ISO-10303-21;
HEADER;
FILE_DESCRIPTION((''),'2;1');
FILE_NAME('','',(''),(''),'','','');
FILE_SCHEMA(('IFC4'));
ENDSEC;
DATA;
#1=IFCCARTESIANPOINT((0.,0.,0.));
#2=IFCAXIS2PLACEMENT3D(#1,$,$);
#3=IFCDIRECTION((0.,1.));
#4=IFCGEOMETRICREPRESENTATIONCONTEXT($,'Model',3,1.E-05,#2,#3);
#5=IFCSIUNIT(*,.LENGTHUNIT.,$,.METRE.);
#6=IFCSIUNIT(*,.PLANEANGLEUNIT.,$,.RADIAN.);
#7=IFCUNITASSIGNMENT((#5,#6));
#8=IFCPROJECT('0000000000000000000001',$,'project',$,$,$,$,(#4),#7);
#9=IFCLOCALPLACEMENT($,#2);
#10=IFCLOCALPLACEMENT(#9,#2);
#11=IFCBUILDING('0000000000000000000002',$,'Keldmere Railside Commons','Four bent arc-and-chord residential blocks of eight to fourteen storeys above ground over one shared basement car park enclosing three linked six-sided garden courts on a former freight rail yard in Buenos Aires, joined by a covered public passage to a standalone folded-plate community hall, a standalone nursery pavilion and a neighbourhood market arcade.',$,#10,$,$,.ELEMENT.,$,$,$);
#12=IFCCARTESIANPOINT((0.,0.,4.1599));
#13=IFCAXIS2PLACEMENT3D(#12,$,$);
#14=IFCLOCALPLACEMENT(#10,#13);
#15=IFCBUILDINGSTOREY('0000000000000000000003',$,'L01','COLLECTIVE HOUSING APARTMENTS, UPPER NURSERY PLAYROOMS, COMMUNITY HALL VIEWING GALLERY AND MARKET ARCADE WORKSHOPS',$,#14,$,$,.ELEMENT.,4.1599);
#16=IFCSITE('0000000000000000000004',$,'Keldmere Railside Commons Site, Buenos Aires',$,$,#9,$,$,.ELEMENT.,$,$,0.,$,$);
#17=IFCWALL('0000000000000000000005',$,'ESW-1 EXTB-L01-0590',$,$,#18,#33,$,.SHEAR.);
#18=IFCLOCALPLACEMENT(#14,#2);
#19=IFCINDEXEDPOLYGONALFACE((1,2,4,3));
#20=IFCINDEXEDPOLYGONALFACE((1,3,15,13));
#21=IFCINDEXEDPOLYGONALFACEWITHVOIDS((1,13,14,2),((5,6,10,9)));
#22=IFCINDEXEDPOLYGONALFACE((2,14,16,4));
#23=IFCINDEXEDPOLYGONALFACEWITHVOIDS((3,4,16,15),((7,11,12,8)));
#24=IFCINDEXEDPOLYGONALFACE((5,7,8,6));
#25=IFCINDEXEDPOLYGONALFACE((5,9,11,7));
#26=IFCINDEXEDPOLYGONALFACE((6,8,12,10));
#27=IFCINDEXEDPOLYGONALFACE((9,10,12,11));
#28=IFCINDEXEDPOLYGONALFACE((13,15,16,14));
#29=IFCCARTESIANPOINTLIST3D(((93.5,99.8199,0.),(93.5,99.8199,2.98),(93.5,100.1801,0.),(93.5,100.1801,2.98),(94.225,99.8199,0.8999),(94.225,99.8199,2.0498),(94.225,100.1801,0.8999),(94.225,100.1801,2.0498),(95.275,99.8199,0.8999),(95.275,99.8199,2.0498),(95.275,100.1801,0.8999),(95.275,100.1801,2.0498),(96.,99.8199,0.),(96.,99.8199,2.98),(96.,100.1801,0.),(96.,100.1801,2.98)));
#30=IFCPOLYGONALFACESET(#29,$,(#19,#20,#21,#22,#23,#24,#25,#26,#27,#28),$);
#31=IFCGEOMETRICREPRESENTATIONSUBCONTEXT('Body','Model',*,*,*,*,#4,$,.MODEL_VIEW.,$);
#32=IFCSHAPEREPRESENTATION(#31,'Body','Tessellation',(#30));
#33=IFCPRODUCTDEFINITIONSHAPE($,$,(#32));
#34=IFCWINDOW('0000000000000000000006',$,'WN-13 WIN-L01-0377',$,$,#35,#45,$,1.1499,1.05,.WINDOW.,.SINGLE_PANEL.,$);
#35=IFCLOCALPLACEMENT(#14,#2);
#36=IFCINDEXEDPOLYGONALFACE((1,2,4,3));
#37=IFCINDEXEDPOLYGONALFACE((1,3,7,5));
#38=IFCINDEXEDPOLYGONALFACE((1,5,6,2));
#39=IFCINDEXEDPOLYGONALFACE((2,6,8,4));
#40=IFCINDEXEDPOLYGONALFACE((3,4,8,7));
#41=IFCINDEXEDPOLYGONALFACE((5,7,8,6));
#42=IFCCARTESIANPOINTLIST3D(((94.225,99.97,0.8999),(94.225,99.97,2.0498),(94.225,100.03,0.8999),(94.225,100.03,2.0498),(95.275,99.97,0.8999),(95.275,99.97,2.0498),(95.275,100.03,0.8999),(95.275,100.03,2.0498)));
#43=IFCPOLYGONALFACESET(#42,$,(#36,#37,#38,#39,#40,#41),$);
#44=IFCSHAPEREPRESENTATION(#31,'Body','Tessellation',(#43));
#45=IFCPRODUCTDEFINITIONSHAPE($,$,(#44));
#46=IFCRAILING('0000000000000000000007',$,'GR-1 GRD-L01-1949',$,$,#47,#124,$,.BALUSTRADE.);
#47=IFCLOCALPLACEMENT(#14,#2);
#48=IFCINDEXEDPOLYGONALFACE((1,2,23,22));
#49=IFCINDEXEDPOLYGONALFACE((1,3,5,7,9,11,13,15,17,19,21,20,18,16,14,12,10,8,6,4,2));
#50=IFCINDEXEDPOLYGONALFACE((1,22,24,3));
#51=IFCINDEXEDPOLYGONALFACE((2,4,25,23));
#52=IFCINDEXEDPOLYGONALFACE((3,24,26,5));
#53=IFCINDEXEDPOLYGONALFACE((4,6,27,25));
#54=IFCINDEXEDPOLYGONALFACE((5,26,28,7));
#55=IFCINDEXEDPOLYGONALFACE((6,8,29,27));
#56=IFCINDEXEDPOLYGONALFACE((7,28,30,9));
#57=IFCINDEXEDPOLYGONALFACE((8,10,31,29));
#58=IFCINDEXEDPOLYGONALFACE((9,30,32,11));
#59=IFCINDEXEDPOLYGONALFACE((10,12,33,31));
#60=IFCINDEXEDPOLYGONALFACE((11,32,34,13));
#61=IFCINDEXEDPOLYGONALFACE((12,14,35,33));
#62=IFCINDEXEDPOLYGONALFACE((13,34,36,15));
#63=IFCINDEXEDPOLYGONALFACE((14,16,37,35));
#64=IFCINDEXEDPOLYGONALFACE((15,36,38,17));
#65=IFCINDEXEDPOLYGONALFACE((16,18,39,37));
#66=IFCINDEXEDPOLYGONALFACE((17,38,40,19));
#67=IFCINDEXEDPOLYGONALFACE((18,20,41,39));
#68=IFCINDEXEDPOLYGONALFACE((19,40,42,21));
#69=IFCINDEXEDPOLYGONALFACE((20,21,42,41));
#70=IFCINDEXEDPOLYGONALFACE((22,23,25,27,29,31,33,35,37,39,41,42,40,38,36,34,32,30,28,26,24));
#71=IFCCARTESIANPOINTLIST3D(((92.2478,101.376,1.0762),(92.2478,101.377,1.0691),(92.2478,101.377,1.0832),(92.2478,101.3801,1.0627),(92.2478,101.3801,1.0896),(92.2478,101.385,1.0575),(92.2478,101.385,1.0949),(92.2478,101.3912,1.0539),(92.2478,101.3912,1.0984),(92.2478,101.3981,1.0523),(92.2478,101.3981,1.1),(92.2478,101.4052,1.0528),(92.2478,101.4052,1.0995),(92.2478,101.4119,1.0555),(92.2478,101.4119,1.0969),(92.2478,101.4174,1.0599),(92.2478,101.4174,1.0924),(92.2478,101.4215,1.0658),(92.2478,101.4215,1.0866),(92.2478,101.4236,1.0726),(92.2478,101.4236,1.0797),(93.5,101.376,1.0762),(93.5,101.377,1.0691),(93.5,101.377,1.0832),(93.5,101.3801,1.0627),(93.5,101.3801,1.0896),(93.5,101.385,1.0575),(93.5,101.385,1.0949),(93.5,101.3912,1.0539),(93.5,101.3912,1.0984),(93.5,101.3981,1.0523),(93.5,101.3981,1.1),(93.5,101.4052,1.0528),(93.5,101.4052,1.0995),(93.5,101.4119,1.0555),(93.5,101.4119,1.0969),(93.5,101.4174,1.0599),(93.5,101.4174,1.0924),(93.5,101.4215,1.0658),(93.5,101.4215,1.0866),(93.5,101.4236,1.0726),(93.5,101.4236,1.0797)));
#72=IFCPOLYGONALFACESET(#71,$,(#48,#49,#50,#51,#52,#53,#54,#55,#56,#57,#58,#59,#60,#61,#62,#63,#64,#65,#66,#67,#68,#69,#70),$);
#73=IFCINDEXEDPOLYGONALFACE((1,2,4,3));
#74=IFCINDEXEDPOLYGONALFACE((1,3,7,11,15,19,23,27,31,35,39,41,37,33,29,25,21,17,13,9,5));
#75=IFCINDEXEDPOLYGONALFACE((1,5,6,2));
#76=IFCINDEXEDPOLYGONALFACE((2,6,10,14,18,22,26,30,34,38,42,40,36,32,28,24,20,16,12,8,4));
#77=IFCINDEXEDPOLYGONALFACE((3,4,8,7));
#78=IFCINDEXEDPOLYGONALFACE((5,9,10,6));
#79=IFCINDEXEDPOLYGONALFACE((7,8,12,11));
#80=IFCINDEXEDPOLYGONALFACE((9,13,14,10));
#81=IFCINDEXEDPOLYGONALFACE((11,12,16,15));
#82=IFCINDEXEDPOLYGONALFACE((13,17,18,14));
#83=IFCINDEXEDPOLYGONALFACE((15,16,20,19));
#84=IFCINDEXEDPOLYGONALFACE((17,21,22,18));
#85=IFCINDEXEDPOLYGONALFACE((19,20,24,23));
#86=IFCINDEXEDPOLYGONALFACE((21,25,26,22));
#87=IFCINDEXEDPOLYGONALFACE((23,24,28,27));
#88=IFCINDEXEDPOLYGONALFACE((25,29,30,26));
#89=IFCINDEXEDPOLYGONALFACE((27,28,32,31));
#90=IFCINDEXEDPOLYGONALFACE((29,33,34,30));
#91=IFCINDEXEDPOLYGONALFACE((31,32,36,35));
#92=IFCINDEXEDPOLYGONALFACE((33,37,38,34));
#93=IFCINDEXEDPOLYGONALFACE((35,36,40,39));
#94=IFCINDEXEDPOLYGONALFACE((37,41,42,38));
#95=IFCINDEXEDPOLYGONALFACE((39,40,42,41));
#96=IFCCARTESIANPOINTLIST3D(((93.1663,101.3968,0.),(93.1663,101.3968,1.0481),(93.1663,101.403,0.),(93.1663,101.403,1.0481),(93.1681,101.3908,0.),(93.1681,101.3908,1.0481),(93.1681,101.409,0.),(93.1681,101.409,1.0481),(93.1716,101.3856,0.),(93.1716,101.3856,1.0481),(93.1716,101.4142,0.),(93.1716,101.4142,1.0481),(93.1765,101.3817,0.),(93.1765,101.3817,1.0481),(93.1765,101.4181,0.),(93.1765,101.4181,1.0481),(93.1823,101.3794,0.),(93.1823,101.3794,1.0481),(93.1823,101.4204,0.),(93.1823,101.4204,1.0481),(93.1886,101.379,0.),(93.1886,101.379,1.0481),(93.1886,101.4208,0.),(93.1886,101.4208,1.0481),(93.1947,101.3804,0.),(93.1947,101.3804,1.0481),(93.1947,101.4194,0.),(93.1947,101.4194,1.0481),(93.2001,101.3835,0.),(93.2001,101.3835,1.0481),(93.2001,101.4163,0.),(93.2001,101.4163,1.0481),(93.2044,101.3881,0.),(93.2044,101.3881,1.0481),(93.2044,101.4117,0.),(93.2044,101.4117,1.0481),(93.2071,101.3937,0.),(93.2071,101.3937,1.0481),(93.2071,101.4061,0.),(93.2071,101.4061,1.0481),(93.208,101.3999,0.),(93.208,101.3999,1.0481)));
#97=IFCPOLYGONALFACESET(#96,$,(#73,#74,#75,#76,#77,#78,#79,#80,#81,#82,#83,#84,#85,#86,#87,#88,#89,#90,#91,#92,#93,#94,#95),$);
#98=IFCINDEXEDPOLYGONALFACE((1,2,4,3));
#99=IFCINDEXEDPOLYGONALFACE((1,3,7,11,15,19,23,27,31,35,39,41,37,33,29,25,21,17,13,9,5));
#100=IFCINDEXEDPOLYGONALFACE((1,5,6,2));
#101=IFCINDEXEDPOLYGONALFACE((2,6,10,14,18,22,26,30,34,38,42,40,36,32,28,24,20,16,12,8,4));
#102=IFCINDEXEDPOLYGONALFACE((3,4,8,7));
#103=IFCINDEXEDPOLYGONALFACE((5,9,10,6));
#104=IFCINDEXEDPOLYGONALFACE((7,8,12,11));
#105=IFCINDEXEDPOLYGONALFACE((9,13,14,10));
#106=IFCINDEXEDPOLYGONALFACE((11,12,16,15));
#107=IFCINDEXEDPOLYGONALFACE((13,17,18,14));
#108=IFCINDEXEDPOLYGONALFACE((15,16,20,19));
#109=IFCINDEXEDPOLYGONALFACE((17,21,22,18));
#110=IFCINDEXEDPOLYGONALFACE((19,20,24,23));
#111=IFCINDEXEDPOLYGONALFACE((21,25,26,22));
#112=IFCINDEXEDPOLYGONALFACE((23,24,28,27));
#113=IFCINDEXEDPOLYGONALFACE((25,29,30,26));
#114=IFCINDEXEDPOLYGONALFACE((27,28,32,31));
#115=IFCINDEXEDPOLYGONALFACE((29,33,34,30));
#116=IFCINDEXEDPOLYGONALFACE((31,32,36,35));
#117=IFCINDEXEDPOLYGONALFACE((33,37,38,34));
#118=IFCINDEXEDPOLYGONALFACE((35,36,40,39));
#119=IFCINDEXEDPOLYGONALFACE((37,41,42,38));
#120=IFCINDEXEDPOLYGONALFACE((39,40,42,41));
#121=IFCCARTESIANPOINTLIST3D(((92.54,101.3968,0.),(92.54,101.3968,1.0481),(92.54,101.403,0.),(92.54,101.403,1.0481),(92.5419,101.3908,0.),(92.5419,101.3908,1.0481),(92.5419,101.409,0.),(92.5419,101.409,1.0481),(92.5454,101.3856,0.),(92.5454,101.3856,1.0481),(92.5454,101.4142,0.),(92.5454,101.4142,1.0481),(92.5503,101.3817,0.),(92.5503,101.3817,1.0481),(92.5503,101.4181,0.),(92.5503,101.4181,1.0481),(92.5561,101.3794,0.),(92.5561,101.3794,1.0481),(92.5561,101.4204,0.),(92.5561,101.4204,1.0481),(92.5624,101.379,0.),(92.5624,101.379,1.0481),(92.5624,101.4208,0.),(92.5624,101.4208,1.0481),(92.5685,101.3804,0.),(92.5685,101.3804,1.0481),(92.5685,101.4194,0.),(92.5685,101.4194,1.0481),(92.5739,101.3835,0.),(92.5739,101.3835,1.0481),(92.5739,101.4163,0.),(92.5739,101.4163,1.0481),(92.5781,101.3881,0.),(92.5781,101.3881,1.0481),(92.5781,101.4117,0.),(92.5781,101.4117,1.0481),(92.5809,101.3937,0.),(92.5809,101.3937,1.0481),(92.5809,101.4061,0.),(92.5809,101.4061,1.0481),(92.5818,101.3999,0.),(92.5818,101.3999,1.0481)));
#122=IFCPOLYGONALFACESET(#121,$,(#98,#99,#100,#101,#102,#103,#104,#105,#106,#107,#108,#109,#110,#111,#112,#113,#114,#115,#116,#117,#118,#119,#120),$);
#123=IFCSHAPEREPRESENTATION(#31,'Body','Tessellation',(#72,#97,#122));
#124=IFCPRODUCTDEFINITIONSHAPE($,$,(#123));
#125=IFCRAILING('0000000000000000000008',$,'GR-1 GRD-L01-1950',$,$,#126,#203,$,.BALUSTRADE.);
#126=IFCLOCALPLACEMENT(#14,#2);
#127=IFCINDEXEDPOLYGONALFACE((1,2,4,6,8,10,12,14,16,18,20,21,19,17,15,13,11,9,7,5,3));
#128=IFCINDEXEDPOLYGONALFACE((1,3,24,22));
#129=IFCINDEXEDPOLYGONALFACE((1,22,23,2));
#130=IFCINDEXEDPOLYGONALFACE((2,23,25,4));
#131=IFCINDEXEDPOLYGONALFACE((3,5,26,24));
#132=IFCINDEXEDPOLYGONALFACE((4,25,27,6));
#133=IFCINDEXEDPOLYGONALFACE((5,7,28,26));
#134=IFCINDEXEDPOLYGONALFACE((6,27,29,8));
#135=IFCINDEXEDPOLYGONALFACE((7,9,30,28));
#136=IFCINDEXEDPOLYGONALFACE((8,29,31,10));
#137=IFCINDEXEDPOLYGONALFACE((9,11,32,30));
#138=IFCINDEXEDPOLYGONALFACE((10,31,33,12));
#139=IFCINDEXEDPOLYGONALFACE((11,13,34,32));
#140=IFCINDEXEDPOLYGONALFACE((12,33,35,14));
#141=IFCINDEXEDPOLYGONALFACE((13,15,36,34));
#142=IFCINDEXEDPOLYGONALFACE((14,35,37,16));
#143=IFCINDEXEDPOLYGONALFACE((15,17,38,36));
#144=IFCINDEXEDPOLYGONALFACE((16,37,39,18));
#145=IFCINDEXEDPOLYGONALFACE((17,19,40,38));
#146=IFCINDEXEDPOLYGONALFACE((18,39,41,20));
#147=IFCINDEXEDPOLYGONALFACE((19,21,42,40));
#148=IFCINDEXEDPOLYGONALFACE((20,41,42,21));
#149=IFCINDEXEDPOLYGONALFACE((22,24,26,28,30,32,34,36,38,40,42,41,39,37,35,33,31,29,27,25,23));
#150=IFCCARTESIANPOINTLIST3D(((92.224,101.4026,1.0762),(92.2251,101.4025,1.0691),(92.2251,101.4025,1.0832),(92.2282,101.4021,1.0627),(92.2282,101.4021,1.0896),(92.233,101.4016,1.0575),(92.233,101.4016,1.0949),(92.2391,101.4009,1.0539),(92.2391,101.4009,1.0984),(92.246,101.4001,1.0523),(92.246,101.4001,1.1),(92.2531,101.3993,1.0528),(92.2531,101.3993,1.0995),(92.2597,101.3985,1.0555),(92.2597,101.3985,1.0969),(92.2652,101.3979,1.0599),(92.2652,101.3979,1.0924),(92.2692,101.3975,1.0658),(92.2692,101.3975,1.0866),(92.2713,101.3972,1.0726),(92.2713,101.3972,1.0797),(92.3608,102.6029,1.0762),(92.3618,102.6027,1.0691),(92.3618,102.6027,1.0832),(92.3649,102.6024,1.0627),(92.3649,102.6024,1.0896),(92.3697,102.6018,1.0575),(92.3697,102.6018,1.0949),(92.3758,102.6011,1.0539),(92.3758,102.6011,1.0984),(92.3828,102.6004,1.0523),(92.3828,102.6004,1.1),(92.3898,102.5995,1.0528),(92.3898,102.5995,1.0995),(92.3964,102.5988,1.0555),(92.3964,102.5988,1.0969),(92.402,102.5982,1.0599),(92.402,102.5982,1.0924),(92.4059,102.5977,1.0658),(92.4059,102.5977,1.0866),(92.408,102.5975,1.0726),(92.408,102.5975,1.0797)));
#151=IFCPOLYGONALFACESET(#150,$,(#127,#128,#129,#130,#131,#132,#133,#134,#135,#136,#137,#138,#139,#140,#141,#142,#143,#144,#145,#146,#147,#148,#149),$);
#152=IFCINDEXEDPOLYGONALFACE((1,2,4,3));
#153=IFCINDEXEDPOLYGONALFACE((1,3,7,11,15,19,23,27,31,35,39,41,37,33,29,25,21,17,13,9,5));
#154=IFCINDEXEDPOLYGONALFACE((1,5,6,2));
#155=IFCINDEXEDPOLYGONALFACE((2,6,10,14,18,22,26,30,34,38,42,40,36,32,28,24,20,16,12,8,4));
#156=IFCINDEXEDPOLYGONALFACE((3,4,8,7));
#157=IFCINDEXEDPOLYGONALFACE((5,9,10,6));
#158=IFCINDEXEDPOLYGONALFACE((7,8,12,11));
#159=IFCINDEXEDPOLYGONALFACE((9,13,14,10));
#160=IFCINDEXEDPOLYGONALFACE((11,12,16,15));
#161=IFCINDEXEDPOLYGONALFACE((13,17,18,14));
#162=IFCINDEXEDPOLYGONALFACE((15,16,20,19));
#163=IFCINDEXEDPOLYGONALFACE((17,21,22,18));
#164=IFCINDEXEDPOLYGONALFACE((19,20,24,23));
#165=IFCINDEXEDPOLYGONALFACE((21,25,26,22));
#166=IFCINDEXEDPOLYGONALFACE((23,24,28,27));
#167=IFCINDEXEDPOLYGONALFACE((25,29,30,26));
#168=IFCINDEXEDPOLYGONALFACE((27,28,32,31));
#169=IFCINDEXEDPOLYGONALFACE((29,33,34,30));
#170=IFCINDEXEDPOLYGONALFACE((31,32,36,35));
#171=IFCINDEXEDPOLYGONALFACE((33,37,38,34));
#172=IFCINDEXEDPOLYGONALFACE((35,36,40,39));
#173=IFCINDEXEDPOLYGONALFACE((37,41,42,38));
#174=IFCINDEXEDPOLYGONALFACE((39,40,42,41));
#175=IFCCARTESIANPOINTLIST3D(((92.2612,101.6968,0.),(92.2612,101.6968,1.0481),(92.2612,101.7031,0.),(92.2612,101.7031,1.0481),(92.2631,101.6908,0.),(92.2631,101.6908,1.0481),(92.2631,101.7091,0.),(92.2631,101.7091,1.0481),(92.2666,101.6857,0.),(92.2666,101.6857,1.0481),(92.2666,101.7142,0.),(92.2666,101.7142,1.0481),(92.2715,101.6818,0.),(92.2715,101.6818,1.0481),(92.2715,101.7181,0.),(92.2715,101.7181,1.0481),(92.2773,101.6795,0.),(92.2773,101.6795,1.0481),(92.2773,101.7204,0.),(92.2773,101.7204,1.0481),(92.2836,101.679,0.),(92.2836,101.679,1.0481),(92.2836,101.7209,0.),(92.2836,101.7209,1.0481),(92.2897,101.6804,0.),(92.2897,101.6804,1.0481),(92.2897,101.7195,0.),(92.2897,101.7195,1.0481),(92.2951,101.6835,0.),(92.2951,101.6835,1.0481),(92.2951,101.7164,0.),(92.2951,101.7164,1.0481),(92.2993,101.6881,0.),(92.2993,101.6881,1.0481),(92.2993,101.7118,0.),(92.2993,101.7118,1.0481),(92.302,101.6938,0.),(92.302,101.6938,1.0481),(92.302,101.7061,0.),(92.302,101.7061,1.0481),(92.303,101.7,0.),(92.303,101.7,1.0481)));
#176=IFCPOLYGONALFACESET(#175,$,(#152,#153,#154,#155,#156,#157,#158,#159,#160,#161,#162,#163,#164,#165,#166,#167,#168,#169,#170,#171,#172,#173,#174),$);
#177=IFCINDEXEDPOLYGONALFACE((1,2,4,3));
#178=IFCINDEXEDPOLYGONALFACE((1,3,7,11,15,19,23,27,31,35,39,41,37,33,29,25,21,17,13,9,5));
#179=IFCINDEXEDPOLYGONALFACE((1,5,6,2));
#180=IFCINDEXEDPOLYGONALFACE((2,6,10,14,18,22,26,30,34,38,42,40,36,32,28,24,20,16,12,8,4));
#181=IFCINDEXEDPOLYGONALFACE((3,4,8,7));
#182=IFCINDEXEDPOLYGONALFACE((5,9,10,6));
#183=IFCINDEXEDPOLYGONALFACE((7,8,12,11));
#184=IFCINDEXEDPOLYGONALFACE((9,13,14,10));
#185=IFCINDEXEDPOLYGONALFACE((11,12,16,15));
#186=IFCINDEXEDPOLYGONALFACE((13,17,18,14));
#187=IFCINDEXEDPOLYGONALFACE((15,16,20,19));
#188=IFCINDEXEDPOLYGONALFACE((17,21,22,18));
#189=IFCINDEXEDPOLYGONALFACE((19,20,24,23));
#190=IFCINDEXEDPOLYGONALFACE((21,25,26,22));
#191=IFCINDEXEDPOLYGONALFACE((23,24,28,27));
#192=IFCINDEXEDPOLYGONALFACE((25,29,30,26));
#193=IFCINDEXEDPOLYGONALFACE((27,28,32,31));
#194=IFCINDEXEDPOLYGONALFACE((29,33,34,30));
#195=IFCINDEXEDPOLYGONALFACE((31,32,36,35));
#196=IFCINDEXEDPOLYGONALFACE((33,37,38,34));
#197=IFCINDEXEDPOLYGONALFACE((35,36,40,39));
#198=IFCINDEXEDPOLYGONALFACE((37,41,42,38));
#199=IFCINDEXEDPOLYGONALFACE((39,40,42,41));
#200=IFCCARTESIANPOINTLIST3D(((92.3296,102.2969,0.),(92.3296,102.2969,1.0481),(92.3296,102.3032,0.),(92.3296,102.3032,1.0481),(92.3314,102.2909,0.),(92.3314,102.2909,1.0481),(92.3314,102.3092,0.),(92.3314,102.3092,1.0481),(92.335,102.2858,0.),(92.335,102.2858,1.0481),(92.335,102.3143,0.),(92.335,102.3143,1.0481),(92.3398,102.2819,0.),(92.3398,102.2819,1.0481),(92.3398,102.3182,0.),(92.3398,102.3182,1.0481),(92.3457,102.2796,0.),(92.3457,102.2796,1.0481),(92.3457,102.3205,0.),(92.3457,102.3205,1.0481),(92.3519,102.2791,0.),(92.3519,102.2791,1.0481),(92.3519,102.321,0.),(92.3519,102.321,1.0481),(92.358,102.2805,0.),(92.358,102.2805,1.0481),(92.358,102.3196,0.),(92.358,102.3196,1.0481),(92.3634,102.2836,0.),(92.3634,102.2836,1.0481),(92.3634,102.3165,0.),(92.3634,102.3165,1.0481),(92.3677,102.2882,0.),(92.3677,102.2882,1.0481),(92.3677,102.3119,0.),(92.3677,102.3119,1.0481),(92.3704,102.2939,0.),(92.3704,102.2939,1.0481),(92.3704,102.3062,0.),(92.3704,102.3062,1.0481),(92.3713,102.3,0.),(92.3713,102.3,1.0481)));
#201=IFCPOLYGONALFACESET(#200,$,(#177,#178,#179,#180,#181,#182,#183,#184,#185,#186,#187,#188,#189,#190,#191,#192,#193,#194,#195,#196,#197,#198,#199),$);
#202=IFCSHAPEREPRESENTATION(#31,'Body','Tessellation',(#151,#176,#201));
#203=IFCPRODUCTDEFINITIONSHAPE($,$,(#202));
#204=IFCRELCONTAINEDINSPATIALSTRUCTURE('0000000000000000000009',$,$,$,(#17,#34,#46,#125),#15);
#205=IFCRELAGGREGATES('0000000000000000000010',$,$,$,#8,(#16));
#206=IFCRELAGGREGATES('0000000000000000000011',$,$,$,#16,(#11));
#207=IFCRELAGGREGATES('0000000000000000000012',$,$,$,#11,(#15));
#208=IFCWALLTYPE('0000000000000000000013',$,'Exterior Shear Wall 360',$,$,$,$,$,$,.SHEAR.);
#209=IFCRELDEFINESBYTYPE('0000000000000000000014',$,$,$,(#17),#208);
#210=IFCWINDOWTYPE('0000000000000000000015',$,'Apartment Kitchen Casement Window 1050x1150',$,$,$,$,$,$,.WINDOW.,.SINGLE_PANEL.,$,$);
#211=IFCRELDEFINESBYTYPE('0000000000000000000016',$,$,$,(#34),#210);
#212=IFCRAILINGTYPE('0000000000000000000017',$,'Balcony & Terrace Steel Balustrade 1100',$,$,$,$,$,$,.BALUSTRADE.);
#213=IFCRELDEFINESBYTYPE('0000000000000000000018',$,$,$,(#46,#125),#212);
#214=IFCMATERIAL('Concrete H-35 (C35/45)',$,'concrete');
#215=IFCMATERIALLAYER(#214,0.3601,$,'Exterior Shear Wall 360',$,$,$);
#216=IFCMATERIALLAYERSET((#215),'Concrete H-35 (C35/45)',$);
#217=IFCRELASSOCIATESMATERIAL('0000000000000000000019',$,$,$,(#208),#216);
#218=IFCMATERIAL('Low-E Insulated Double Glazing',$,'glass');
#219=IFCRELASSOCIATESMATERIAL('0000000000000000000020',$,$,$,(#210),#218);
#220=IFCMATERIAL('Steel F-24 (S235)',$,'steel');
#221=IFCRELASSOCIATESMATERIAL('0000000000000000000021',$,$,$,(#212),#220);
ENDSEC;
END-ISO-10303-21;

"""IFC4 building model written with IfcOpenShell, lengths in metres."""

from ifc_helpers import new_model, si_unit, direction, frame, frame_2d, origin, origin_2d, place, context, subcontext, project, spatial, rectangle, circle, extrude, material, layer, layer_set, type_object, element, fill, save


model = new_model("IFC4")

# Units and contexts
model_context = context("Model", 3, precision=1e-05, world=origin(), true_north=direction((0.0, 1.0)))
body_context = subcontext(model_context, "Body", "Model", "MODEL_VIEW")
ifc_project = project(units=[si_unit("LENGTHUNIT", "METRE"), si_unit("PLANEANGLEUNIT", "RADIAN")], contexts=[model_context])

# Site, building, storey
site_placement = place(None, origin())
site = spatial("IfcSite", under=ifc_project, at=site_placement, Name="Keldmere Railside Commons Site, Buenos Aires", CompositionType="ELEMENT", RefElevation=0.0)
building_placement = place(site_placement, origin())
building = spatial("IfcBuilding", under=site, at=building_placement, Name="Keldmere Railside Commons", Description="Four bent arc-and-chord residential blocks of eight to fourteen storeys above ground over one shared basement car park enclosing three linked six-sided garden courts on a former freight rail yard in Buenos Aires, joined by a covered public passage to a standalone folded-plate community hall, a standalone nursery pavilion and a neighbourhood market arcade.", CompositionType="ELEMENT")
storey_placement = place(building_placement, frame((0.0, 0.0, 4.1599)))
storey = spatial("IfcBuildingStorey", under=building, at=storey_placement, Name="L01", Description="COLLECTIVE HOUSING APARTMENTS, UPPER NURSERY PLAYROOMS, COMMUNITY HALL VIEWING GALLERY AND MARKET ARCADE WORKSHOPS", CompositionType="ELEMENT", Elevation=4.1599)

# Shared definitions
ifc_material_1 = material(Name="Concrete H-35 (C35/45)", Category="concrete")
ifc_layer_1 = layer(ifc_material_1, 0.3601, Name="Exterior Shear Wall 360")
ifc_layer_set_1 = layer_set([ifc_layer_1], Name="Concrete H-35 (C35/45)")
wall_type_1 = type_object("IfcWallType", Name="Exterior Shear Wall 360", PredefinedType="SHEAR", material=ifc_layer_set_1)
ifc_material_2 = material(Name="Low-E Insulated Double Glazing", Category="glass")

# Wall, opening, window
wall_1_placement = place(storey_placement, frame((96.0, 100.0, 0.0), z_axis=(0.0, 0.0, 1.0), x_axis=(-1.0, 0.0, 0.0)))
wall_1 = element("IfcWall", 1, at=wall_1_placement, inside=storey, type_object=wall_type_1, Name="ESW-1 EXTB-L01-0590", PredefinedType="SHEAR", context=body_context, shape_type="SweptSolid", body=[
    extrude(rectangle(XDim=2.5, YDim=0.3601, at=frame_2d((1.25, 0.0))), origin(), (0.0, 0.0, 1.0), 2.98),
])
opening_1_placement = place(wall_1_placement, frame((0.7251, 0.0, 0.8999)))
opening_1 = element("IfcOpeningElement", 2, at=opening_1_placement, cuts=wall_1, PredefinedType="OPENING", context=body_context, shape_type="SweptSolid", body=[
    extrude(rectangle(XDim=1.05, YDim=1.1499, at=frame_2d((0.5249, 0.575))), frame((0.0, 0.1899, 0.0), z_axis=(0.0, -1.0, 0.0), x_axis=(1.0, 0.0, 0.0)), (0.0, 0.0, 1.0), 0.3801),
])
window_type_1 = type_object("IfcWindowType", Name="Apartment Kitchen Casement Window 1050x1150", PartitioningType="SINGLE_PANEL", PredefinedType="WINDOW", material=ifc_material_2)
window_1_placement = place(opening_1_placement, origin())
window_1 = element("IfcWindow", 3, at=window_1_placement, inside=storey, type_object=window_type_1, Name="WN-13 WIN-L01-0377", OverallHeight=1.1499, OverallWidth=1.05, PartitioningType="SINGLE_PANEL", PredefinedType="WINDOW", context=body_context, shape_type="SweptSolid", body=[
    extrude(rectangle(XDim=1.05, YDim=1.1499, at=frame_2d((0.5249, 0.575))), frame((0.0, 0.03, 0.0), z_axis=(0.0, -1.0, 0.0), x_axis=(1.0, 0.0, 0.0)), (0.0, 0.0, 1.0), 0.0601),
])
fill(opening_1, window_1)

# Railings
ifc_material_3 = material(Name="Steel F-24 (S235)", Category="steel")
railing_type = type_object("IfcRailingType", Name="Balcony & Terrace Steel Balustrade 1100", PredefinedType="BALUSTRADE", material=ifc_material_3)
railing_1_placement = place(storey_placement, frame((93.5, 101.3999, 0.0)))
element("IfcRailing", 4, at=railing_1_placement, inside=storey, type_object=railing_type, Name="GR-1 GRD-L01-1949", PredefinedType="BALUSTRADE", context=body_context, shape_type="SweptSolid", body=[
    extrude(circle(Radius=0.0239, at=origin_2d()), frame((0.0, 0.0, 1.0762), z_axis=(-1.0, 0.0, 0.0), x_axis=(0.0, -1.0, 0.0)), (0.0, 0.0, 1.0), 1.2522),
    extrude(circle(Radius=0.021, at=origin_2d()), frame((-0.313, 0.0, 0.0)), (0.0, 0.0, 1.0), 1.0481),
    extrude(circle(Radius=0.021, at=origin_2d()), frame((-0.9392, 0.0, 0.0)), (0.0, 0.0, 1.0), 1.0481),
])
railing_2_placement = place(storey_placement, frame((92.2478, 101.3999, 0.0)))
element("IfcRailing", 5, at=railing_2_placement, inside=storey, type_object=railing_type, Name="GR-1 GRD-L01-1950", PredefinedType="BALUSTRADE", context=body_context, shape_type="SweptSolid", body=[
    extrude(circle(Radius=0.0239, at=origin_2d()), frame((0.0, 0.0, 1.0762), z_axis=(0.113182, 0.993574, 0.0), x_axis=(-0.993574, 0.113182, 0.0)), (0.0, 0.0, 1.0), 1.208),
    extrude(circle(Radius=0.021, at=origin_2d()), frame((0.0342, 0.3, 0.0)), (0.0, 0.0, 1.0), 1.0481),
    extrude(circle(Radius=0.021, at=origin_2d()), frame((0.1025, 0.9001, 0.0)), (0.0, 0.0, 1.0), 1.0481),
])

save(model, "model.ifc")
